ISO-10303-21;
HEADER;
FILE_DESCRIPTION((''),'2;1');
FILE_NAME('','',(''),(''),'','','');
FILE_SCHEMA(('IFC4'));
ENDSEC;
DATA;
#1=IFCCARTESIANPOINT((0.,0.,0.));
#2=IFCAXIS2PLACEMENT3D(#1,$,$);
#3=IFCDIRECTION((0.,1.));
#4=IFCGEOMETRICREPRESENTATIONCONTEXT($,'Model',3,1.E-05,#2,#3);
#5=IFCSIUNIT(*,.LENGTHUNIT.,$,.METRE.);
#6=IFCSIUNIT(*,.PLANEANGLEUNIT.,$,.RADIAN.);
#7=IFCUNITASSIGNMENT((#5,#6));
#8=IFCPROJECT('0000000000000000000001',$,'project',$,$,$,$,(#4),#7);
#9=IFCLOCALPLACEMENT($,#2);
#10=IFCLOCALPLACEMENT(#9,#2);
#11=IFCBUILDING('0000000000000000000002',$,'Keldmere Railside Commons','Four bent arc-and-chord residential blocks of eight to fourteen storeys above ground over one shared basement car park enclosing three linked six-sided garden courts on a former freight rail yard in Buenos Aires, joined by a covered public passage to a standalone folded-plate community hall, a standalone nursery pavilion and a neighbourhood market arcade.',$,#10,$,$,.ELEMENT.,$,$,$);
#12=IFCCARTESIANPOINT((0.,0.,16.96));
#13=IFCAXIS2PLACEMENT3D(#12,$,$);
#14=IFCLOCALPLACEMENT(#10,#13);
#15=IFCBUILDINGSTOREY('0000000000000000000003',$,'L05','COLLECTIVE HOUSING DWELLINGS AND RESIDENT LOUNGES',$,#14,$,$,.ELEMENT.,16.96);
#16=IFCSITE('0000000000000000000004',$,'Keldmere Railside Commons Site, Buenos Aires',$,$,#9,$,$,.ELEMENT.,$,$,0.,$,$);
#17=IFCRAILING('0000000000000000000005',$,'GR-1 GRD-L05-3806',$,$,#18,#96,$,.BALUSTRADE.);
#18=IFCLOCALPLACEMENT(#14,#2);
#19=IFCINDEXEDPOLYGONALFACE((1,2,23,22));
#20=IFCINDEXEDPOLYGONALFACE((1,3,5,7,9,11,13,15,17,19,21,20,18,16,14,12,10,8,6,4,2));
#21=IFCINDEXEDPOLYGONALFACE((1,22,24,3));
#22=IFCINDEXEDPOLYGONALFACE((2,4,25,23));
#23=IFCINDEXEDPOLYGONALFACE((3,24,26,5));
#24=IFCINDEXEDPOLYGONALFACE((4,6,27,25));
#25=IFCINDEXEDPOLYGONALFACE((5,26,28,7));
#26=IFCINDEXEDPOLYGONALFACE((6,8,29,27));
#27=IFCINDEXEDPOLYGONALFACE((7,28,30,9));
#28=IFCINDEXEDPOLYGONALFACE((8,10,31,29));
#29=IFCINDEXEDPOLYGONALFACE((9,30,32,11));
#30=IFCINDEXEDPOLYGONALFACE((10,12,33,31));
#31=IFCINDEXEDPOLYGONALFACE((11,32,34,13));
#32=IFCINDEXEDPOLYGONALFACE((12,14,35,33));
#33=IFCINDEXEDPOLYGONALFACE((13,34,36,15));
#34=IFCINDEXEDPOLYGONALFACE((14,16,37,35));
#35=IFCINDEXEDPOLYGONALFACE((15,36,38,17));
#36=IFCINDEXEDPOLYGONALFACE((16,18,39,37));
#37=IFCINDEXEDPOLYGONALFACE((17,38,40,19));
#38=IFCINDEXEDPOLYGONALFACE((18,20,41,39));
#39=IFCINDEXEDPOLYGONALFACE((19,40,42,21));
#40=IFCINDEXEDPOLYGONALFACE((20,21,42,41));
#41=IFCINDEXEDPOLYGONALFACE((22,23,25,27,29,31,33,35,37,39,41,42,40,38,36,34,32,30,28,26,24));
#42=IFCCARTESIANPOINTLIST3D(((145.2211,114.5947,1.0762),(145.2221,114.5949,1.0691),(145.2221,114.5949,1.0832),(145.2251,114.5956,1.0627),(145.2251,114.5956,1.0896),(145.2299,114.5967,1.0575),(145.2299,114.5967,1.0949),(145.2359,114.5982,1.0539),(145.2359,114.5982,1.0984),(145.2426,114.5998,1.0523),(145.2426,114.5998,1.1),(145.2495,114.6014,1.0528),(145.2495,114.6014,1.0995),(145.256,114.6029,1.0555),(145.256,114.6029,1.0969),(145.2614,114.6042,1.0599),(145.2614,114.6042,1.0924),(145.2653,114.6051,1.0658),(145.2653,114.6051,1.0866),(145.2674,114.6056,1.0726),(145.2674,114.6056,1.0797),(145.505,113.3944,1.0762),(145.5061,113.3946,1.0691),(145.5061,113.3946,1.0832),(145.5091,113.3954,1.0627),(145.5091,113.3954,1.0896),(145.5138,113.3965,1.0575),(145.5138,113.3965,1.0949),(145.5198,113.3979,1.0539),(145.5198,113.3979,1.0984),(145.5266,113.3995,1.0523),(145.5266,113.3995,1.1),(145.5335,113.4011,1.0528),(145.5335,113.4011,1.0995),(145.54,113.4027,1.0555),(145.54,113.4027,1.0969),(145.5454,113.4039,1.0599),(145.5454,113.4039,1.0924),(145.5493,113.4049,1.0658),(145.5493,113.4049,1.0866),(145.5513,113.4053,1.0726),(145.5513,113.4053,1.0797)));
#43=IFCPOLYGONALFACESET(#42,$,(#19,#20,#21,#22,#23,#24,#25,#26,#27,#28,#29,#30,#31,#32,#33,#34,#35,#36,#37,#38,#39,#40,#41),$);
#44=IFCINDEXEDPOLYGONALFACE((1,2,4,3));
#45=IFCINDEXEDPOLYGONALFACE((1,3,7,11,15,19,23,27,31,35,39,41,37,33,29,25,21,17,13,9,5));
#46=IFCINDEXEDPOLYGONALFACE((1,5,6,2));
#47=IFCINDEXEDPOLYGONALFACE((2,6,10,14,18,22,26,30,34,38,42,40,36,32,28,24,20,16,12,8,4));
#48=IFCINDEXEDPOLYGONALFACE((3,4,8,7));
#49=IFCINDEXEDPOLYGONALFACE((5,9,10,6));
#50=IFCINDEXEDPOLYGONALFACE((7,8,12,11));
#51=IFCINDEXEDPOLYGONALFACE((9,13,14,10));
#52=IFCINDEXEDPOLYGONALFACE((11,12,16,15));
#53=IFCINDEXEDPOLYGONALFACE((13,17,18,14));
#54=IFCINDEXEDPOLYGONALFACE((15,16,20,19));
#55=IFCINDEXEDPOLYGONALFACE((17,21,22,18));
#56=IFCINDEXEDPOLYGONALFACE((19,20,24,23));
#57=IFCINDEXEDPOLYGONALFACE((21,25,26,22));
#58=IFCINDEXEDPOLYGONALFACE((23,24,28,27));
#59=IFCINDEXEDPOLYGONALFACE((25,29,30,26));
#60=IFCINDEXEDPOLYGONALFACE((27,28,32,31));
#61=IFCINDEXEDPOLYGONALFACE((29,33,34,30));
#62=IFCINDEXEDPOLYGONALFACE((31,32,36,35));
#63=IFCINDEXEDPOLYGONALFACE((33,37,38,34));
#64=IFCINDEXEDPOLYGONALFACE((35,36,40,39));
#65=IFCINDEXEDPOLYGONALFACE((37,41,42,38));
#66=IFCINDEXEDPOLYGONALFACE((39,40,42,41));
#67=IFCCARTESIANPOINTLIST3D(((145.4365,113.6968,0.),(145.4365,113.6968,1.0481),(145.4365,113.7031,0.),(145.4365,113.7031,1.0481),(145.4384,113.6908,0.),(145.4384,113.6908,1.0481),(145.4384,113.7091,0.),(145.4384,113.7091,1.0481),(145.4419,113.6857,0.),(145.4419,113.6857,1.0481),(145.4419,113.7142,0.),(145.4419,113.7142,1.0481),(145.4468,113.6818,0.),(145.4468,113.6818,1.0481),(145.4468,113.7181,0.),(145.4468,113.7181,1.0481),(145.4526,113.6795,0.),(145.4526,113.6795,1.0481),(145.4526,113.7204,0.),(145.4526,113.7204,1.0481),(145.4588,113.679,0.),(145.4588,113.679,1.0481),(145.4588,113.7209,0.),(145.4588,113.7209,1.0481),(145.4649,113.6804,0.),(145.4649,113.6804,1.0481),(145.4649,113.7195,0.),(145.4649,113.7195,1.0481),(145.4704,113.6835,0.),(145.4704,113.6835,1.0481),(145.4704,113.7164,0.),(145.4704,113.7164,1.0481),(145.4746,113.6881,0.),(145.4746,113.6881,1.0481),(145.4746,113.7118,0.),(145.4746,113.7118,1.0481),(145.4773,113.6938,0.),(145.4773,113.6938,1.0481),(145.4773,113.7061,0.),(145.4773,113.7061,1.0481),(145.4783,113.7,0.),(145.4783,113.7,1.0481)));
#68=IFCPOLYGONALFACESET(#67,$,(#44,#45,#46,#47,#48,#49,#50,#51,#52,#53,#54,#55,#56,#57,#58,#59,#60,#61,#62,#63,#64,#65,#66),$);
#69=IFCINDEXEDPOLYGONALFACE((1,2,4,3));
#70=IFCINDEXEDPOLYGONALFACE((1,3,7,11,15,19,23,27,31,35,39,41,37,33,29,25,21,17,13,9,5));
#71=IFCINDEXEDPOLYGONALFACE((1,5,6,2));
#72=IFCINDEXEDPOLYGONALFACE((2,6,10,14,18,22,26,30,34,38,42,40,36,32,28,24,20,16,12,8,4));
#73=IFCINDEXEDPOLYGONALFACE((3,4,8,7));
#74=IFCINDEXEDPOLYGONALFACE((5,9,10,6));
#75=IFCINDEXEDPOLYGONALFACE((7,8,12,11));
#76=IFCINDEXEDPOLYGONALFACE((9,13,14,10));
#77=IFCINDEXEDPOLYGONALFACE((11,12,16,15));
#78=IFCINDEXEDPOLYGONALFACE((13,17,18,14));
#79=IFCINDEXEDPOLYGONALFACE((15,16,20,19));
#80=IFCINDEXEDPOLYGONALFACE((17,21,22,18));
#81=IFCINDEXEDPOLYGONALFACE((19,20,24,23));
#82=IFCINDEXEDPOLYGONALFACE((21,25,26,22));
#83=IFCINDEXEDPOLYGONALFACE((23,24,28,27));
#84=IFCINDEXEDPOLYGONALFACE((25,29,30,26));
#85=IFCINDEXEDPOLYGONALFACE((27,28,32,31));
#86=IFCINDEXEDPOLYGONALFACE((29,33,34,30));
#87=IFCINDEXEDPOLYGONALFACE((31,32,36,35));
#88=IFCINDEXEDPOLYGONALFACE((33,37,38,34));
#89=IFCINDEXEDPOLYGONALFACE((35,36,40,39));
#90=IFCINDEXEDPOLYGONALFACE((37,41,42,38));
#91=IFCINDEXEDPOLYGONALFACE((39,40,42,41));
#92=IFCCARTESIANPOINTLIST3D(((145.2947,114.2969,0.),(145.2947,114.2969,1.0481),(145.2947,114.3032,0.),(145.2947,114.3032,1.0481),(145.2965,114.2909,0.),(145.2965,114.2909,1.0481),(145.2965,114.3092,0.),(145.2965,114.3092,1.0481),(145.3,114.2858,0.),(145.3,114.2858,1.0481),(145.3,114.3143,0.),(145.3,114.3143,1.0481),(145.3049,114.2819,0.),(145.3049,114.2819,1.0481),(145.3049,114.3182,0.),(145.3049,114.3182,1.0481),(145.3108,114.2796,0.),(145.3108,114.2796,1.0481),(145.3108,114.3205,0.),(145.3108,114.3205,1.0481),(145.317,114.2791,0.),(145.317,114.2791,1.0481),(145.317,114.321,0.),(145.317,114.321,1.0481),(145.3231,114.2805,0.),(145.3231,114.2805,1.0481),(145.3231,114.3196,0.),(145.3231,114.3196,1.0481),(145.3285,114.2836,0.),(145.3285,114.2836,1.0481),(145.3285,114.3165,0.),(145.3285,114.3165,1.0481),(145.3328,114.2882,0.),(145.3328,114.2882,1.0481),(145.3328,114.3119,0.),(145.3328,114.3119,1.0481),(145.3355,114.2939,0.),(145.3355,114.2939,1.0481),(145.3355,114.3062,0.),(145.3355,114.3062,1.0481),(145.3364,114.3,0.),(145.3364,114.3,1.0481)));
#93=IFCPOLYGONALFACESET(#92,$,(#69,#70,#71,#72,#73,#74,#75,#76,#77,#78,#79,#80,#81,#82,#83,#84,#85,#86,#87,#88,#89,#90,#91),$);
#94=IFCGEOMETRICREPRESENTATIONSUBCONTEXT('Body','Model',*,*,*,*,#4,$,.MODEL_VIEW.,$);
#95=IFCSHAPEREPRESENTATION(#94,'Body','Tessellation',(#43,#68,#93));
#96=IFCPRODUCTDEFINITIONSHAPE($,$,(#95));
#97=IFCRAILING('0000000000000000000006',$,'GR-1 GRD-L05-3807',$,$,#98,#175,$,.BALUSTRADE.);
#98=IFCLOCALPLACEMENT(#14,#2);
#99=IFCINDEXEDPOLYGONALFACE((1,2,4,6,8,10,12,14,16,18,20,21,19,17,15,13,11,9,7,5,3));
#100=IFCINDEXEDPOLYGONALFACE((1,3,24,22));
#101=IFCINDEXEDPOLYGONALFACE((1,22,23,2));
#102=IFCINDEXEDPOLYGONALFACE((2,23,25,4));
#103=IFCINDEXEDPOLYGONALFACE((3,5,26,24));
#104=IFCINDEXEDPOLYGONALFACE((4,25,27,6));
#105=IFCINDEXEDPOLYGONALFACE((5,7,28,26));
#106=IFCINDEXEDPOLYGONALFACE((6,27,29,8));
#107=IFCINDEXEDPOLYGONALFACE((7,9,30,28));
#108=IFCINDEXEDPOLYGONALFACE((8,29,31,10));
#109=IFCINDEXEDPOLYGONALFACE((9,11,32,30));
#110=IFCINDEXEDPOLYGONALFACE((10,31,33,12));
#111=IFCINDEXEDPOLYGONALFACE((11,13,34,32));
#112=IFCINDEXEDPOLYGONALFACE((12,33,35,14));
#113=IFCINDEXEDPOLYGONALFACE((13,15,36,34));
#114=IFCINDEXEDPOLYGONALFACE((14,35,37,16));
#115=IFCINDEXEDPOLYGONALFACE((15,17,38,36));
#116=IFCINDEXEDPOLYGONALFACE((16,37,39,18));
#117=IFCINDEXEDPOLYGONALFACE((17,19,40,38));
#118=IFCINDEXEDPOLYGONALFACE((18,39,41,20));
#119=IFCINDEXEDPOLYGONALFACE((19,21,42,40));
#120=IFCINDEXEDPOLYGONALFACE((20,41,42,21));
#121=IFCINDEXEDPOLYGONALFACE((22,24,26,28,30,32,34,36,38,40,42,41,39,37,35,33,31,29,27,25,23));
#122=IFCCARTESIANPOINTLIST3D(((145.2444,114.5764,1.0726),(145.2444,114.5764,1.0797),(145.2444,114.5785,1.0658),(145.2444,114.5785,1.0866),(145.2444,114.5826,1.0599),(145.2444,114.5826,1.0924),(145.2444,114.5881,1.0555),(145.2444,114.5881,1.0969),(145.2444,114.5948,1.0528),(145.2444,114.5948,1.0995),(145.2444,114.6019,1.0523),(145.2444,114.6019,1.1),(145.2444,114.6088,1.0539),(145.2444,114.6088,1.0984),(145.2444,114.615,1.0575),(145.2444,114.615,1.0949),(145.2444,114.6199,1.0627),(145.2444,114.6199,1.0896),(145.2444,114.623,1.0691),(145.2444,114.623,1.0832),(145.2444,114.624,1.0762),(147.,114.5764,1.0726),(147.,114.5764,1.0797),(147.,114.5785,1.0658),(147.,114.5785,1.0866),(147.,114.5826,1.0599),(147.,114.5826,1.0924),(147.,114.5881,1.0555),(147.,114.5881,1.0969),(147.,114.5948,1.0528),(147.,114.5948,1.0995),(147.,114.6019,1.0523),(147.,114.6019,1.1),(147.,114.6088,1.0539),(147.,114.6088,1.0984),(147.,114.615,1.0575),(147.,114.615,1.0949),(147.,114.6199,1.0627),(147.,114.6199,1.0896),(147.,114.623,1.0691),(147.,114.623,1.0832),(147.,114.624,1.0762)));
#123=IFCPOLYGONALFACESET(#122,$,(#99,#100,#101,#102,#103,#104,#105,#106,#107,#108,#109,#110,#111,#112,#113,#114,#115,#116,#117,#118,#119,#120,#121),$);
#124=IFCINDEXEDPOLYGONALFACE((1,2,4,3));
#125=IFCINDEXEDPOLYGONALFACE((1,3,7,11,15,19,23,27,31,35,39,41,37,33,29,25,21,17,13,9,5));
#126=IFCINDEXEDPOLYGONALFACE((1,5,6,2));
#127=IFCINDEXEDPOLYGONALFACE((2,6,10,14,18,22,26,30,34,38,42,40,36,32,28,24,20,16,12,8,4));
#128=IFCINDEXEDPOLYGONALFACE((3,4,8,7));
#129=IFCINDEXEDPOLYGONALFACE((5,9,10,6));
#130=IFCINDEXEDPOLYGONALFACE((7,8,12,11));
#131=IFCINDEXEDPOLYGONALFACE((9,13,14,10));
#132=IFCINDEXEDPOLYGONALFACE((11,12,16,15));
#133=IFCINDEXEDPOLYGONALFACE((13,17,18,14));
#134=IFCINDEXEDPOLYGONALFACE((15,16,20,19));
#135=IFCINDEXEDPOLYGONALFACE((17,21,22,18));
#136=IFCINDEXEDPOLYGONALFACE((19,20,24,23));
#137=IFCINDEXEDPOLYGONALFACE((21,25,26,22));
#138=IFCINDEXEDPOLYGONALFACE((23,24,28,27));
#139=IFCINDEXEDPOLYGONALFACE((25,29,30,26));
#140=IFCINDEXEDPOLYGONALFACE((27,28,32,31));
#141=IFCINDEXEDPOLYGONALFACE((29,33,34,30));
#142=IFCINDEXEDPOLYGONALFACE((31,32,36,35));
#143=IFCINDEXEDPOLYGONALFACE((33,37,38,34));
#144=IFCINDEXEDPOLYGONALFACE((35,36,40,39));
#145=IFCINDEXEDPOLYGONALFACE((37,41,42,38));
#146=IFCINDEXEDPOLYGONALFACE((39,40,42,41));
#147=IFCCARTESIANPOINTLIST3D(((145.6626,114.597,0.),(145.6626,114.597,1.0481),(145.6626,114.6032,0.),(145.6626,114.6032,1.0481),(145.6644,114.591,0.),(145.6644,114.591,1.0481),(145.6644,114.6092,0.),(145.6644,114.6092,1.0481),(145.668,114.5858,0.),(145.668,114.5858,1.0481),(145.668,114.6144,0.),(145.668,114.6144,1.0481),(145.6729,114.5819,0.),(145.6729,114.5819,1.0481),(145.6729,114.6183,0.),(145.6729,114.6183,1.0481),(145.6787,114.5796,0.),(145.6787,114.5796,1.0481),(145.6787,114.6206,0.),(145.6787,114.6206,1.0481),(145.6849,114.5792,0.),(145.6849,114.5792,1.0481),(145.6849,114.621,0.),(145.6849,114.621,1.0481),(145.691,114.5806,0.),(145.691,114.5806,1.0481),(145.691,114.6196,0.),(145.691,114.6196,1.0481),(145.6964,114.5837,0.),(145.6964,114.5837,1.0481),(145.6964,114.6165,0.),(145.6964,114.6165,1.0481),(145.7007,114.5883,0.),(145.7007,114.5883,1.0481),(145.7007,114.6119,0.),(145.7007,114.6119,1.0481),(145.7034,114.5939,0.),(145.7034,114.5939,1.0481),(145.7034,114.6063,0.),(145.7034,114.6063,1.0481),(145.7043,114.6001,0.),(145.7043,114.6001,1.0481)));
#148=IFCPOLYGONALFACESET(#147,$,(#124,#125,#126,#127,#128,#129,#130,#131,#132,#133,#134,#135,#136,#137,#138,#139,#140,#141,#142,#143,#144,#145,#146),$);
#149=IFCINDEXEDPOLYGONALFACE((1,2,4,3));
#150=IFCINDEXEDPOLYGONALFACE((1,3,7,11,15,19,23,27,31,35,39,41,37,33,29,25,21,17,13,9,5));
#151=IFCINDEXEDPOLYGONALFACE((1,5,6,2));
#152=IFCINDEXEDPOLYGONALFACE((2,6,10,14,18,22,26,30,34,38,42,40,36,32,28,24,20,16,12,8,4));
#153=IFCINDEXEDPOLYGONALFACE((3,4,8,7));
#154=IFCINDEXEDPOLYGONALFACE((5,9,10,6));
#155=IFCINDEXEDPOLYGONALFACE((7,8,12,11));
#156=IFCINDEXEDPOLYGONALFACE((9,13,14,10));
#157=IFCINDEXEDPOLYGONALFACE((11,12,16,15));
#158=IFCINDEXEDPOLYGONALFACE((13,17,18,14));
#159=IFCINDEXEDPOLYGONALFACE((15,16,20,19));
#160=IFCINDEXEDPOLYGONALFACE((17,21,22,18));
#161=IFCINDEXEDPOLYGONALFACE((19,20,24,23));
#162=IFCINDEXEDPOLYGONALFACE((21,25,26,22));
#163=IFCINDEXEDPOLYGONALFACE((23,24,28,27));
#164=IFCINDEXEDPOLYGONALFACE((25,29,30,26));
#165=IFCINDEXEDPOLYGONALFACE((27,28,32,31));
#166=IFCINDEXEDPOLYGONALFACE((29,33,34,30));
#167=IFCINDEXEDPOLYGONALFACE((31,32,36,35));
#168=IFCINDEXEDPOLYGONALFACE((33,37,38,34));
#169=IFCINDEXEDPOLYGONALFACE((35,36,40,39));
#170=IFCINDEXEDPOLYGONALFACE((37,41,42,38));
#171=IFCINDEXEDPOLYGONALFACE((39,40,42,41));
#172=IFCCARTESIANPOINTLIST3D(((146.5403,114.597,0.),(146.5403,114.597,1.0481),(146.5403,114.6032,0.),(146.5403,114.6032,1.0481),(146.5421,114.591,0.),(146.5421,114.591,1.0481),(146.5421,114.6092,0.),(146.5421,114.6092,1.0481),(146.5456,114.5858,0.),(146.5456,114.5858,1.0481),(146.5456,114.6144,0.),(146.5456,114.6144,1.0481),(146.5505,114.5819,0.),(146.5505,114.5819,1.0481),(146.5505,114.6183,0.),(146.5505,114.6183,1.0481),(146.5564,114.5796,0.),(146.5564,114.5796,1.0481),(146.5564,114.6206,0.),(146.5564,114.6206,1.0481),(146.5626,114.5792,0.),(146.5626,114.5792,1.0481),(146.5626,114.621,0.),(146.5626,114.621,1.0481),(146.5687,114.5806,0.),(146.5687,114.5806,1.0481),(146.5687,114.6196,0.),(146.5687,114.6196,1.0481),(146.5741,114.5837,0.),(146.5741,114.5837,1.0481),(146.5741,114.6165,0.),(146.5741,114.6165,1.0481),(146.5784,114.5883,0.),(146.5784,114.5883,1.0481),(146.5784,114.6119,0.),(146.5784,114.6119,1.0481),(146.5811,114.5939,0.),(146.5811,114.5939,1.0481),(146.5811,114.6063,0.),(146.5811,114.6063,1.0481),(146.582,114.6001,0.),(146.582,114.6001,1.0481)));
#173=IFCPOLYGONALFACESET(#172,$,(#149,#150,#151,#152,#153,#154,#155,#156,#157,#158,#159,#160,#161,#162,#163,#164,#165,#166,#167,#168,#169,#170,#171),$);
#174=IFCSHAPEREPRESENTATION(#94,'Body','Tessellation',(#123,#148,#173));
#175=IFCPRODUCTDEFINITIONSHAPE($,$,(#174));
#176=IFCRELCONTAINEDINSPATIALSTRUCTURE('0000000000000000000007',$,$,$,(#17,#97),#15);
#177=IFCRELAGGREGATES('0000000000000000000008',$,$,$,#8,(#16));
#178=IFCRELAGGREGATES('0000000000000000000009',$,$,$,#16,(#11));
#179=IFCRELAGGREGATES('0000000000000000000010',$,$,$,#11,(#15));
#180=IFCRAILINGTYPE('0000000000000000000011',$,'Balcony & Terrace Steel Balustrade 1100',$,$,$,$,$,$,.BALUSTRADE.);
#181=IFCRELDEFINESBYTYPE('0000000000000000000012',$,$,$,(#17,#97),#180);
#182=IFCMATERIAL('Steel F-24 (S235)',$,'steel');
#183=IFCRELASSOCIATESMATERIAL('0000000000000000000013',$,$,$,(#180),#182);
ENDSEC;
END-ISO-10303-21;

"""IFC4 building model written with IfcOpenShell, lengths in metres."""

from ifc_helpers import new_model, si_unit, direction, frame, origin, origin_2d, place, context, subcontext, project, spatial, circle, extrude, material, type_object, element, save


model = new_model("IFC4")

# Units and contexts
model_context = context("Model", 3, precision=1e-05, world=origin(), true_north=direction((0.0, 1.0)))
body_context = subcontext(model_context, "Body", "Model", "MODEL_VIEW")
ifc_project = project(units=[si_unit("LENGTHUNIT", "METRE"), si_unit("PLANEANGLEUNIT", "RADIAN")], contexts=[model_context])

# Site, building, storey
site_placement = place(None, origin())
site = spatial("IfcSite", under=ifc_project, at=site_placement, Name="Keldmere Railside Commons Site, Buenos Aires", CompositionType="ELEMENT", RefElevation=0.0)
building_placement = place(site_placement, origin())
building = spatial("IfcBuilding", under=site, at=building_placement, Name="Keldmere Railside Commons", Description="Four bent arc-and-chord residential blocks of eight to fourteen storeys above ground over one shared basement car park enclosing three linked six-sided garden courts on a former freight rail yard in Buenos Aires, joined by a covered public passage to a standalone folded-plate community hall, a standalone nursery pavilion and a neighbourhood market arcade.", CompositionType="ELEMENT")
storey_placement = place(building_placement, frame((0.0, 0.0, 16.96)))
storey = spatial("IfcBuildingStorey", under=building, at=storey_placement, Name="L05", Description="COLLECTIVE HOUSING DWELLINGS AND RESIDENT LOUNGES", CompositionType="ELEMENT", Elevation=16.96)

# Shared definitions
ifc_material_1 = material(Name="Steel F-24 (S235)", Category="steel")

# Railings
railing_type = type_object("IfcRailingType", Name="Balcony & Terrace Steel Balustrade 1100", PredefinedType="BALUSTRADE", material=ifc_material_1)
railing_1_placement = place(storey_placement, frame((145.5283, 113.3999, 0.0)))
element("IfcRailing", 1, at=railing_1_placement, inside=storey, type_object=railing_type, Name="GR-1 GRD-L05-3806", PredefinedType="BALUSTRADE", context=body_context, shape_type="SweptSolid", body=[
    extrude(circle(Radius=0.0239, at=origin_2d()), frame((0.0, 0.0, 1.0762), z_axis=(-0.23022, 0.973139, 0.0), x_axis=(-0.973139, -0.23022, 0.0)), (0.0, 0.0, 1.0), 1.2334),
    extrude(circle(Radius=0.021, at=origin_2d()), frame((-0.071, 0.3, 0.0)), (0.0, 0.0, 1.0), 1.0481),
    extrude(circle(Radius=0.021, at=origin_2d()), frame((-0.2129, 0.9001, 0.0)), (0.0, 0.0, 1.0), 1.0481),
])
railing_2_placement = place(storey_placement, frame((145.2444, 114.6001, 0.0)))
element("IfcRailing", 2, at=railing_2_placement, inside=storey, type_object=railing_type, Name="GR-1 GRD-L05-3807", PredefinedType="BALUSTRADE", context=body_context, shape_type="SweptSolid", body=[
    extrude(circle(Radius=0.0239, at=origin_2d()), frame((0.0, 0.0, 1.0762), z_axis=(1.0, 0.0, 0.0), x_axis=(0.0, 1.0, 0.0)), (0.0, 0.0, 1.0), 1.7556),
    extrude(circle(Radius=0.021, at=origin_2d()), frame((0.439, 0.0, 0.0)), (0.0, 0.0, 1.0), 1.0481),
    extrude(circle(Radius=0.021, at=origin_2d()), frame((1.3167, 0.0, 0.0)), (0.0, 0.0, 1.0), 1.0481),
])

save(model, "model.ifc")
